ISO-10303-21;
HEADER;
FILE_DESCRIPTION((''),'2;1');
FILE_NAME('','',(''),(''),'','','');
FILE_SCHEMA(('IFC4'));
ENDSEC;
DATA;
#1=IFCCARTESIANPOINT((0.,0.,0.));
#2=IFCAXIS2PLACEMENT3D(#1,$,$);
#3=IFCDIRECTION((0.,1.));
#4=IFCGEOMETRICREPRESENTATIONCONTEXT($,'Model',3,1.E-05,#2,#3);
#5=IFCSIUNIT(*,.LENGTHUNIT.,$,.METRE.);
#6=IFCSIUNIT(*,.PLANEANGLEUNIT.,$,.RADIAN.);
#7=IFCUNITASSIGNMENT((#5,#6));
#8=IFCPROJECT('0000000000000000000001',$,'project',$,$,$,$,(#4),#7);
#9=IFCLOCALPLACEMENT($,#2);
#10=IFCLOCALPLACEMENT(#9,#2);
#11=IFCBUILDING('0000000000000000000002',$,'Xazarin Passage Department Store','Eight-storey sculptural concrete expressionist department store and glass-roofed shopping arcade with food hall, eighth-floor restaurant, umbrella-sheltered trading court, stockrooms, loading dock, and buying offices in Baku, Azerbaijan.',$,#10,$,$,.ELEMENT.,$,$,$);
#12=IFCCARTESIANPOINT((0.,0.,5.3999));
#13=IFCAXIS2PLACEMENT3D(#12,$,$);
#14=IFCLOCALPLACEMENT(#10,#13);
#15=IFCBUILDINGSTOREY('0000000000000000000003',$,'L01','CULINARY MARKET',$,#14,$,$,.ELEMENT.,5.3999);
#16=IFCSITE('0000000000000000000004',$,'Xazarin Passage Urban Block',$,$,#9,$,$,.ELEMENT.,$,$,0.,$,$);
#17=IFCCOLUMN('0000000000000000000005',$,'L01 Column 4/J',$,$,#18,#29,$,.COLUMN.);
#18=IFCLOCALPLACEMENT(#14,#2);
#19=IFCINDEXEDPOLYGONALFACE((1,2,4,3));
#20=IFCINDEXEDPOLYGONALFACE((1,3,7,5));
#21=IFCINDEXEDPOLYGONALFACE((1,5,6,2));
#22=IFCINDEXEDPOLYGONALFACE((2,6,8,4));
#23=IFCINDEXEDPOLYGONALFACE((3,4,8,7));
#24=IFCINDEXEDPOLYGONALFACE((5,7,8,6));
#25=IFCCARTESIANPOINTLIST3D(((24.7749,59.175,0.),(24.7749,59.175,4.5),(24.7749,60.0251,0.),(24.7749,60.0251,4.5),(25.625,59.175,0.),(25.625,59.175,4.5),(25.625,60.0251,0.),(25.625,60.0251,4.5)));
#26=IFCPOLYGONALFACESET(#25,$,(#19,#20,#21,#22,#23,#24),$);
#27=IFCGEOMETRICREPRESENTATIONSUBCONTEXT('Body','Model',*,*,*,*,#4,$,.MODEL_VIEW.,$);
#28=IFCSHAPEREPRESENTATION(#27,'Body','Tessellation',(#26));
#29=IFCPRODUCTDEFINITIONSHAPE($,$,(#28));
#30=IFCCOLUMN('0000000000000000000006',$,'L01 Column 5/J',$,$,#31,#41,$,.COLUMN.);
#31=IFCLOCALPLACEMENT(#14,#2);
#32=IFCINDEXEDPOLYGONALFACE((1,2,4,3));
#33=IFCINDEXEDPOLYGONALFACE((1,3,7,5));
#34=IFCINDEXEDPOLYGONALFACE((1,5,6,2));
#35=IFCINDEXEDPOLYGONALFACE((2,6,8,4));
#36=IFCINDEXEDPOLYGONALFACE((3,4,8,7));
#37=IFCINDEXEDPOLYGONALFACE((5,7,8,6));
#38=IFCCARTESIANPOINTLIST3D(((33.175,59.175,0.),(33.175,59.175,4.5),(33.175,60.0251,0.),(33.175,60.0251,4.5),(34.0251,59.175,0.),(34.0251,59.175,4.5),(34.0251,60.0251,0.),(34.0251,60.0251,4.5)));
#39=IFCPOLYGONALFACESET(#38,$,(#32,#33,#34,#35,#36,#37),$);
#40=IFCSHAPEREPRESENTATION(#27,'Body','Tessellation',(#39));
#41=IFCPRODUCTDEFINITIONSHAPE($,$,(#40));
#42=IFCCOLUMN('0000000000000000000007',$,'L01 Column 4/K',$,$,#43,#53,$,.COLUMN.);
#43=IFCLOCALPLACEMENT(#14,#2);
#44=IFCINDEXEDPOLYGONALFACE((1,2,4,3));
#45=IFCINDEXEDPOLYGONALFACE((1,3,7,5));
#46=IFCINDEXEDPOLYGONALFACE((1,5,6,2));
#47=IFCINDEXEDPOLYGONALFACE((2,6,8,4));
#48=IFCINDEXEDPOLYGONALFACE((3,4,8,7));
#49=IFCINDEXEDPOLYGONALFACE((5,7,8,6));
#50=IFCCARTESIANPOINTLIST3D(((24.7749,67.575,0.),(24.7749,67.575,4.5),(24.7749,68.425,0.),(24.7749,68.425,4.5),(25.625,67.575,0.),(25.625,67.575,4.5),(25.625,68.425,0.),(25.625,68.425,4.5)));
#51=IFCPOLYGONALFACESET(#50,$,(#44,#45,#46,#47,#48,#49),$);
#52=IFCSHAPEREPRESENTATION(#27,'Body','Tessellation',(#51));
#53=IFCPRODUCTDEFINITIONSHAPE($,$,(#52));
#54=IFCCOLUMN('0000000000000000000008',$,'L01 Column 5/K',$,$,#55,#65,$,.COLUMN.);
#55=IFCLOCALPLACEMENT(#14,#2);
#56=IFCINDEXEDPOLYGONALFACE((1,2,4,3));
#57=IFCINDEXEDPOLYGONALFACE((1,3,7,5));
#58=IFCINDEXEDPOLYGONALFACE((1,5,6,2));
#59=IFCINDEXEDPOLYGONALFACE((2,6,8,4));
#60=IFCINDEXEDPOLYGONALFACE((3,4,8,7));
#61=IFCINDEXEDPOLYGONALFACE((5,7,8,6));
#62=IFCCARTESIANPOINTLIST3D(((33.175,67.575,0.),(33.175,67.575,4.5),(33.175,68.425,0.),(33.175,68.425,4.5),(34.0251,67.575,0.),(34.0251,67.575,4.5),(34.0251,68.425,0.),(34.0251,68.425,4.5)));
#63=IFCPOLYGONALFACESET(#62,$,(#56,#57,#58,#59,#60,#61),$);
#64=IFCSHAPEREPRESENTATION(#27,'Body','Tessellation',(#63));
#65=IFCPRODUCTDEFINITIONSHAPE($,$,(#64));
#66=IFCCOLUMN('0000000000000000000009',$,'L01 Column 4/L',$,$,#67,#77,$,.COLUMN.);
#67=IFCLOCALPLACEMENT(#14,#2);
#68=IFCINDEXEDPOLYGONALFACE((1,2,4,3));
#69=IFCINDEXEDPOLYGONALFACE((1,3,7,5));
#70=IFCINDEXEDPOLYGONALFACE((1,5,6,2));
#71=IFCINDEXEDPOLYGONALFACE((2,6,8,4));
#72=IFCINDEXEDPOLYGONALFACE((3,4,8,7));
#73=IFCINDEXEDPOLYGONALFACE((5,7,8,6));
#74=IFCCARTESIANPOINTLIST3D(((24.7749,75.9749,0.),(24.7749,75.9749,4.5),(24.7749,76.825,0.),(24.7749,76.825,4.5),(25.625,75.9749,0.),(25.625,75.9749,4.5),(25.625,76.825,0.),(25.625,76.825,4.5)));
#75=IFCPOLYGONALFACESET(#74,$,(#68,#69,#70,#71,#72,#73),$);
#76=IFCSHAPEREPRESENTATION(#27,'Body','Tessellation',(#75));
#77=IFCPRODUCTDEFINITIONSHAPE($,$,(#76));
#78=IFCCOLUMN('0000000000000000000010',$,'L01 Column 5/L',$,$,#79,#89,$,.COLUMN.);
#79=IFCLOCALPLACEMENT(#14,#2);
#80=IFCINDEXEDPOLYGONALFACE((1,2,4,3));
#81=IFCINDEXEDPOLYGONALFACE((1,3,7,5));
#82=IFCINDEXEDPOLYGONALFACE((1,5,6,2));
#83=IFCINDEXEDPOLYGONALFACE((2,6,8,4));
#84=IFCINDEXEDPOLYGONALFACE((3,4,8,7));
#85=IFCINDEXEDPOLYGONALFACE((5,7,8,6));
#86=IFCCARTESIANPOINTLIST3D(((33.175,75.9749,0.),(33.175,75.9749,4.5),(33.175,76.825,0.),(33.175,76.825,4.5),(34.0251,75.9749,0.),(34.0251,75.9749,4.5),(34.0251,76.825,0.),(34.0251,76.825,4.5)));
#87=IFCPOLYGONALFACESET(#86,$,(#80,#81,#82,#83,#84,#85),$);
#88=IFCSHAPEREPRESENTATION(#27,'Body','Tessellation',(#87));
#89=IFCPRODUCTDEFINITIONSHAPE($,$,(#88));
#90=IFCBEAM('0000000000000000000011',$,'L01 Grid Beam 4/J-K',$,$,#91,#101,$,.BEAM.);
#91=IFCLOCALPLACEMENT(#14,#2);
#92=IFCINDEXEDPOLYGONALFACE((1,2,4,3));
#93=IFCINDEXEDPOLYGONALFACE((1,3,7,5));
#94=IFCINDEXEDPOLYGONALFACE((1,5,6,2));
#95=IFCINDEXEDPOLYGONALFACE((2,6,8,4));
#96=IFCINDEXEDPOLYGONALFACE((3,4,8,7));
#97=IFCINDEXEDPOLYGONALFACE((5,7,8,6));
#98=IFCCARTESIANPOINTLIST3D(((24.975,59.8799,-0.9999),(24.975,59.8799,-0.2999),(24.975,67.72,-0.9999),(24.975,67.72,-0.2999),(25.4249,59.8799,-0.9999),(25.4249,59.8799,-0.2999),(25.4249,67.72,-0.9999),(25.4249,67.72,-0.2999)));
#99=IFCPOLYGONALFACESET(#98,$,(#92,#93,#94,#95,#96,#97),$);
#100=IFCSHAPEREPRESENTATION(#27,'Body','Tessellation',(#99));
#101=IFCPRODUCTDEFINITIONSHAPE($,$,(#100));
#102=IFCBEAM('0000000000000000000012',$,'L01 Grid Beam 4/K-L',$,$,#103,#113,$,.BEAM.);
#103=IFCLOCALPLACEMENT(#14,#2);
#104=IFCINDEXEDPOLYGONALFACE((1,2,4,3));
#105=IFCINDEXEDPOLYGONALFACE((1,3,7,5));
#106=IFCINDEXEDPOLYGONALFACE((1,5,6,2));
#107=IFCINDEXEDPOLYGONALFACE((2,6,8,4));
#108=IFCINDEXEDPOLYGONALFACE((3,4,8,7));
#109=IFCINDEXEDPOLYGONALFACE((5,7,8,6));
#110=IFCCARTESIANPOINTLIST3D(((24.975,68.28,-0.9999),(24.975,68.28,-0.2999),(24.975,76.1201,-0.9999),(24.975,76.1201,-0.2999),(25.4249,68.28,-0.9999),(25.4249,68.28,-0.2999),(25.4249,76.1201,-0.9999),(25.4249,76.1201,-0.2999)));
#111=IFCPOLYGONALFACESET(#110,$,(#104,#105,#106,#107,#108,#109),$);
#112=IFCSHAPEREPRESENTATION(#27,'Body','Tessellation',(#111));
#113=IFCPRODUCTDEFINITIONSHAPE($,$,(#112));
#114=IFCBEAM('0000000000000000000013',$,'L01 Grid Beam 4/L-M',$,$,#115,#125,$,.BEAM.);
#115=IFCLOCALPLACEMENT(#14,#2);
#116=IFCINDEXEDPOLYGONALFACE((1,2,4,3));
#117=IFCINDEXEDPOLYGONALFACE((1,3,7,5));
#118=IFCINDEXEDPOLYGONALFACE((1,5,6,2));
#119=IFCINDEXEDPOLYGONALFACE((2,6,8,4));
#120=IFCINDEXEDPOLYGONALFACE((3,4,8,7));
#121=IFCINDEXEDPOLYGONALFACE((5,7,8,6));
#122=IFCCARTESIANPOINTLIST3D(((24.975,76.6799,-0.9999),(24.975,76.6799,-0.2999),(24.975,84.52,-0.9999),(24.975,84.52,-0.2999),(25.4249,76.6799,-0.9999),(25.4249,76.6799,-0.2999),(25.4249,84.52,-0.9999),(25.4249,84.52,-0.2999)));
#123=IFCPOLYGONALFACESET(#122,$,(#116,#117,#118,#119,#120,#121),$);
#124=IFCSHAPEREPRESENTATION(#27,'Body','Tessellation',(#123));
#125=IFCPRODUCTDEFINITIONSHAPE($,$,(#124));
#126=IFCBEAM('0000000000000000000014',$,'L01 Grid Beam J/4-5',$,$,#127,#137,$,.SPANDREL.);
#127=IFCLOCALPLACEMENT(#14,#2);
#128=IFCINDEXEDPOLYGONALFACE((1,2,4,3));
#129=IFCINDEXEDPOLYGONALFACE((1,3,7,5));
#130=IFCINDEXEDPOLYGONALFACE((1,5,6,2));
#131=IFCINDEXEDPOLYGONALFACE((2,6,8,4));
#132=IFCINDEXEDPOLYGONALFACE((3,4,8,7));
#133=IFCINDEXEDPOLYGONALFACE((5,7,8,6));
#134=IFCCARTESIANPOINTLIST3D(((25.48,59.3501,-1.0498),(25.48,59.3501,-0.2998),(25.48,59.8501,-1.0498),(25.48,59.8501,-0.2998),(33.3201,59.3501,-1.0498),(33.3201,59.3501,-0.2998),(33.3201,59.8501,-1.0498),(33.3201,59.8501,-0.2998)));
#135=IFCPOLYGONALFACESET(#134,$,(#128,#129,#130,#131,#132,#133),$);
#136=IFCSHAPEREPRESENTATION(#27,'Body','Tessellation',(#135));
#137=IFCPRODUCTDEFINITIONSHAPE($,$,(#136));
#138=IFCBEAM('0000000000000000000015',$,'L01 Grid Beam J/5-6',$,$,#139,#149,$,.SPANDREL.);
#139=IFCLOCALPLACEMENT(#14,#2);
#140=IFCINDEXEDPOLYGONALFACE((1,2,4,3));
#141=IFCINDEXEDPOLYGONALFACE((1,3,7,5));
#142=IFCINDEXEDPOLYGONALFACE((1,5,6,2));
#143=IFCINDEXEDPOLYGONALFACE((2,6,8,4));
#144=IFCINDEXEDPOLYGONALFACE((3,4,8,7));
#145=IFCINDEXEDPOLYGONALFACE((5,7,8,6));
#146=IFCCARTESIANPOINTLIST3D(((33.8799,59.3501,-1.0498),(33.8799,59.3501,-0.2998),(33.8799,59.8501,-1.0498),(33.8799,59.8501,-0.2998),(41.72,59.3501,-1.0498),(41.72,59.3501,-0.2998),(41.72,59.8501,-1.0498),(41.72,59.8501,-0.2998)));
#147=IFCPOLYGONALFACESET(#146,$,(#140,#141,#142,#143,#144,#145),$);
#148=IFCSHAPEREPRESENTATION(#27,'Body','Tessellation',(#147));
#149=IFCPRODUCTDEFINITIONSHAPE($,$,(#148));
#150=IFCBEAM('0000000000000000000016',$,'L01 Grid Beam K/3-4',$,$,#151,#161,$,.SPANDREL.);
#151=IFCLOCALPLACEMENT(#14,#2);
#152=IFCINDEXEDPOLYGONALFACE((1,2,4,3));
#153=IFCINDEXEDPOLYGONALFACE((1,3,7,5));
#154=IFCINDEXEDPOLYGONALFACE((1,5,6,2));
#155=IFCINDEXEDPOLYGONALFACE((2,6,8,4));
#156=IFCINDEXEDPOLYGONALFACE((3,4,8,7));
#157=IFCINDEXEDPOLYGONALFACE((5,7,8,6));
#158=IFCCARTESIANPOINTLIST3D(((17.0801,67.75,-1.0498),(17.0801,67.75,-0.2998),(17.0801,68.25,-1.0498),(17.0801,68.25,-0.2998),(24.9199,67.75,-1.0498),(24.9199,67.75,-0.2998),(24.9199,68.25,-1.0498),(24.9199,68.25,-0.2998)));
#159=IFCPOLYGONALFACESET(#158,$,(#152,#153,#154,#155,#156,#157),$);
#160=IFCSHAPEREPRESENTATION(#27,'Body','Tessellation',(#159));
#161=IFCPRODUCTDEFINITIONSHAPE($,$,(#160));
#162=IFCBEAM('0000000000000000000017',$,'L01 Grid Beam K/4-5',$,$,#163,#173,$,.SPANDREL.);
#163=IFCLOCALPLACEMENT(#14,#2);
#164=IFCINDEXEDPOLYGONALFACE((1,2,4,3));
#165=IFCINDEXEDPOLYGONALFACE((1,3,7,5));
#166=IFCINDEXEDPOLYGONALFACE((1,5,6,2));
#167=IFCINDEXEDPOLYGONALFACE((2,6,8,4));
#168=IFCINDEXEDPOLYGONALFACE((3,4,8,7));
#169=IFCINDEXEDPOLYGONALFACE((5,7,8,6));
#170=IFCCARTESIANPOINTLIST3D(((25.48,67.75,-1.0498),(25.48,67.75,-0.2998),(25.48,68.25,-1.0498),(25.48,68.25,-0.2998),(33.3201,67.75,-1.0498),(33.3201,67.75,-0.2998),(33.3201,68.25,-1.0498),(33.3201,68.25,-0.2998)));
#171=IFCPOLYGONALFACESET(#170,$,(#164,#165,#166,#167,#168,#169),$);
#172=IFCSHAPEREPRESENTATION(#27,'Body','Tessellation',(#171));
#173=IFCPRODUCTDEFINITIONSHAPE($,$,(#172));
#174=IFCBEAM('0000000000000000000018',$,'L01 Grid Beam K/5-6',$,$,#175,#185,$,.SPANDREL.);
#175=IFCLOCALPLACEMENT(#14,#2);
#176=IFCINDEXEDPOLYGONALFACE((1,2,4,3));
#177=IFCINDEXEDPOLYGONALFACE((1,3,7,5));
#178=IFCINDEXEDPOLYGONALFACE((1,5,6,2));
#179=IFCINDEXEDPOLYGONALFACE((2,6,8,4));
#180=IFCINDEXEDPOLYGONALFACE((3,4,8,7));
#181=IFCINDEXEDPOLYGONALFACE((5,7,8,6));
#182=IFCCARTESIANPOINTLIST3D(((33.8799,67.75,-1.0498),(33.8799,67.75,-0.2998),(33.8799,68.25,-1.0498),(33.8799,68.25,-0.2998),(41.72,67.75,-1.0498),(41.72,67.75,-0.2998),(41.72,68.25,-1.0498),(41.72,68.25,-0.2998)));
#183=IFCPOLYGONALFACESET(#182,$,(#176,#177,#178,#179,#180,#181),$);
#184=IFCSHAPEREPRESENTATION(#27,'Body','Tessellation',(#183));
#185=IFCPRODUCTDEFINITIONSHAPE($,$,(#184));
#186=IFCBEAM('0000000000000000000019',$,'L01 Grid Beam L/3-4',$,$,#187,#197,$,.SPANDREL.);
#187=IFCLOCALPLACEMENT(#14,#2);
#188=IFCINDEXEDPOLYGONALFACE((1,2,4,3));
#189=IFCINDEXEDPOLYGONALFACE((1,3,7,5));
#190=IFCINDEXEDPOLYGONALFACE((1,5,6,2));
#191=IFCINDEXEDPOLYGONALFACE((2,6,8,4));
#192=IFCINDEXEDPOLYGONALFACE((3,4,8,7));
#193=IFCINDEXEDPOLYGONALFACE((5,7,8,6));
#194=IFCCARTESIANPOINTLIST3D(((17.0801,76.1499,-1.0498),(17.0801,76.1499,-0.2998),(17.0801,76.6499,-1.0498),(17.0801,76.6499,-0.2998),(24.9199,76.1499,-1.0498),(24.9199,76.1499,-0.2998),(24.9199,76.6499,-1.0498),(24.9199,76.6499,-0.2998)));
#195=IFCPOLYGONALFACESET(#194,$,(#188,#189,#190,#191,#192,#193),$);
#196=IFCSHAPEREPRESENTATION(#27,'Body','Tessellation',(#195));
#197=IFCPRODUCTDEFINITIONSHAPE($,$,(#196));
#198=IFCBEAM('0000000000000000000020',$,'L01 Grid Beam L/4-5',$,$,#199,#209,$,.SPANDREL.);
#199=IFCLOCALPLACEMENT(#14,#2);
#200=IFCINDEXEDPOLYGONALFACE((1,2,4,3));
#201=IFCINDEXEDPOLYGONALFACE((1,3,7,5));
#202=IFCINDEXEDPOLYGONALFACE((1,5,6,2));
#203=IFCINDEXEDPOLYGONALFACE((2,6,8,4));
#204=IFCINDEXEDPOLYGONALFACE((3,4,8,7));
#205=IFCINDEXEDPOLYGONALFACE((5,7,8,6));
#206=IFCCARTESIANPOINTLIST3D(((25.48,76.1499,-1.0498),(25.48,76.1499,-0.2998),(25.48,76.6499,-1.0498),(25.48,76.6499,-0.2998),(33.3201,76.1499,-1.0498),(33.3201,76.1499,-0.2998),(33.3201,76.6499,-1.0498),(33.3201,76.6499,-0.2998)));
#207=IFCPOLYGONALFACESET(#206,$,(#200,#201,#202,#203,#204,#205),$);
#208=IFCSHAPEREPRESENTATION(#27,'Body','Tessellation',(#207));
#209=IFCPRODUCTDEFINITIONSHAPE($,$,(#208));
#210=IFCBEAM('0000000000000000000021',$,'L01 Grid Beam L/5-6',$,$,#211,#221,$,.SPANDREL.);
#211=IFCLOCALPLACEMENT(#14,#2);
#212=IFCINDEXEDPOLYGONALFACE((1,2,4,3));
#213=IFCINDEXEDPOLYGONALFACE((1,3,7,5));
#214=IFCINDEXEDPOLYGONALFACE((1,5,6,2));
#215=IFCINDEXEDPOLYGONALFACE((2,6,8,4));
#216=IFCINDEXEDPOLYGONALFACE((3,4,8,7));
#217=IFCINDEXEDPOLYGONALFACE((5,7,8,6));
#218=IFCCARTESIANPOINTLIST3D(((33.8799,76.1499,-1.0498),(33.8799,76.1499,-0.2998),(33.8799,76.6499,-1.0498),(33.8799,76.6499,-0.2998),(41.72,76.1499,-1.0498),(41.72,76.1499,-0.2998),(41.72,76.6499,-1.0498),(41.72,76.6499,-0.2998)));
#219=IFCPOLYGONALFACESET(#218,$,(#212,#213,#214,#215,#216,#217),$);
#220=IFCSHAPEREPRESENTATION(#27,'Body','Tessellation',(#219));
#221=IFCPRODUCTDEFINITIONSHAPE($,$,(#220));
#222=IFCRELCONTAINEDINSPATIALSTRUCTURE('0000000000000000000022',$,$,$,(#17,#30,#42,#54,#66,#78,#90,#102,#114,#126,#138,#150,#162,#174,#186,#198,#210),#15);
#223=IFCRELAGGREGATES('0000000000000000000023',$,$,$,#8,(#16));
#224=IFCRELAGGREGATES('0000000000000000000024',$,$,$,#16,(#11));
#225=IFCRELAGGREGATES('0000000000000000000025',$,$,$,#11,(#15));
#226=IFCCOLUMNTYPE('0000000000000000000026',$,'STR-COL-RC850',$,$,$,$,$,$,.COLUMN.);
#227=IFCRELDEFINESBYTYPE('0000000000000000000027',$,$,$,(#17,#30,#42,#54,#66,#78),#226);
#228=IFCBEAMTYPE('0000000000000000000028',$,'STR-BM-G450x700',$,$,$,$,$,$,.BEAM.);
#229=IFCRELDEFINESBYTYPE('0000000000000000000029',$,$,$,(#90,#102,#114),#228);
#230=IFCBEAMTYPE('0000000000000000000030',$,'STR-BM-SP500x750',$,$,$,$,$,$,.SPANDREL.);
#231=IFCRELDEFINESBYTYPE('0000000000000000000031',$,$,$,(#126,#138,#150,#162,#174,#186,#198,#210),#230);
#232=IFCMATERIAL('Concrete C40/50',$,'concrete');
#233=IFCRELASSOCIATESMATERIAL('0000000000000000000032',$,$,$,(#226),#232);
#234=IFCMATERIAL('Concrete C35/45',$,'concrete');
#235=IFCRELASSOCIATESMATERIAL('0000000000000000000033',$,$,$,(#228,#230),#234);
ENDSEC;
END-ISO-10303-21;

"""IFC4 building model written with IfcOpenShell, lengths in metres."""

from ifc_helpers import new_model, si_unit, direction, frame, origin, origin_2d, place, context, subcontext, project, spatial, rectangle, extrude, material, material_profile, profile_set, type_object, element, save


model = new_model("IFC4")

# Units and contexts
model_context = context("Model", 3, precision=1e-05, world=origin(), true_north=direction((0.0, 1.0)))
body_context = subcontext(model_context, "Body", "Model", "MODEL_VIEW")
ifc_project = project(units=[si_unit("LENGTHUNIT", "METRE"), si_unit("PLANEANGLEUNIT", "RADIAN")], contexts=[model_context])

# Site, building, storey
site_placement = place(None, origin())
site = spatial("IfcSite", under=ifc_project, at=site_placement, Name="Xazarin Passage Urban Block", CompositionType="ELEMENT", RefElevation=0.0)
building_placement = place(site_placement, origin())
building = spatial("IfcBuilding", under=site, at=building_placement, Name="Xazarin Passage Department Store", Description="Eight-storey sculptural concrete expressionist department store and glass-roofed shopping arcade with food hall, eighth-floor restaurant, umbrella-sheltered trading court, stockrooms, loading dock, and buying offices in Baku, Azerbaijan.", CompositionType="ELEMENT")
storey_placement = place(building_placement, frame((0.0, 0.0, 5.3999)))
storey = spatial("IfcBuildingStorey", under=building, at=storey_placement, Name="L01", Description="CULINARY MARKET", CompositionType="ELEMENT", Elevation=5.3999)

# Columns
ifc_material_1 = material(Name="Concrete C40/50", Category="concrete")
ifc_material_profile_1 = material_profile(ifc_material_1, rectangle(XDim=0.8501, YDim=0.8501, at=origin_2d()), Name="RC 850x850")
ifc_profile_set_1 = profile_set([ifc_material_profile_1], Name="Concrete C40/50")
column_type = type_object("IfcColumnType", Name="STR-COL-RC850", PredefinedType="COLUMN", material=ifc_profile_set_1)
for number, where, z_axis, x_axis, name in (
    (1, (25.2, 59.6001, 0.0), (0.0, 0.0, 1.0), (1.0, 0.0, 0.0), "L01 Column 4/J"),
    (2, (33.6001, 59.6001, 0.0), (0.0, 0.0, 1.0), (1.0, 0.0, 0.0), "L01 Column 5/J"),
    (3, (25.2, 68.0, 0.0), (0.0, 0.0, 1.0), (1.0, 0.0, 0.0), "L01 Column 4/K"),
    (4, (33.6001, 68.0, 0.0), (0.0, 0.0, 1.0), (1.0, 0.0, 0.0), "L01 Column 5/K"),
    (5, (25.2, 76.3999, 0.0), (0.0, 0.0, 1.0), (1.0, 0.0, 0.0), "L01 Column 4/L"),
    (6, (33.6001, 76.3999, 0.0), (0.0, 0.0, 1.0), (1.0, 0.0, 0.0), "L01 Column 5/L"),
):
    element("IfcColumn", number, at=place(storey_placement, frame(where, z_axis=z_axis, x_axis=x_axis)), inside=storey, type_object=column_type, Name=name, PredefinedType="COLUMN", context=body_context, shape_type="SweptSolid", body=[
        extrude(rectangle(XDim=0.8501, YDim=0.8501, at=origin_2d()), origin(), (0.0, 0.0, 1.0), 4.5),
    ])

# Beams
ifc_material_2 = material(Name="Concrete C35/45", Category="concrete")
ifc_material_profile_2 = material_profile(ifc_material_2, rectangle(XDim=0.45, YDim=0.7, at=origin_2d()), Name="RC 450x700")
ifc_profile_set_2 = profile_set([ifc_material_profile_2], Name="Concrete C35/45")
beam_type_1 = type_object("IfcBeamType", Name="STR-BM-G450x700", PredefinedType="BEAM", material=ifc_profile_set_2)
for number, where, z_axis, x_axis, name in (
    (7, (25.2, 59.8799, -0.6499), (0.0, 1.0, 0.0), (-1.0, 0.0, 0.0), "L01 Grid Beam 4/J-K"),
    (8, (25.2, 68.28, -0.6499), (0.0, 1.0, 0.0), (-1.0, 0.0, 0.0), "L01 Grid Beam 4/K-L"),
    (9, (25.2, 76.6799, -0.6499), (0.0, 1.0, 0.0), (-1.0, 0.0, 0.0), "L01 Grid Beam 4/L-M"),
):
    element("IfcBeam", number, at=place(storey_placement, frame(where, z_axis=z_axis, x_axis=x_axis)), inside=storey, type_object=beam_type_1, Name=name, PredefinedType="BEAM", context=body_context, shape_type="SweptSolid", body=[
        extrude(rectangle(XDim=0.45, YDim=0.7, at=origin_2d()), origin(), (0.0, 0.0, 1.0), 7.8401),
    ])
ifc_material_profile_3 = material_profile(ifc_material_2, rectangle(XDim=0.5, YDim=0.75, at=origin_2d()), Name="RC 500x750")
ifc_profile_set_3 = profile_set([ifc_material_profile_3], Name="Concrete C35/45")
beam_type_2 = type_object("IfcBeamType", Name="STR-BM-SP500x750", PredefinedType="SPANDREL", material=ifc_profile_set_3)
for number, where, z_axis, x_axis, name in (
    (10, (25.48, 59.6001, -0.6748), (1.0, 0.0, 0.0), (0.0, 1.0, 0.0), "L01 Grid Beam J/4-5"),
    (11, (33.8799, 59.6001, -0.6748), (1.0, 0.0, 0.0), (0.0, 1.0, 0.0), "L01 Grid Beam J/5-6"),
):
    element("IfcBeam", number, at=place(storey_placement, frame(where, z_axis=z_axis, x_axis=x_axis)), inside=storey, type_object=beam_type_2, Name=name, PredefinedType="SPANDREL", context=body_context, shape_type="SweptSolid", body=[
        extrude(rectangle(XDim=0.5, YDim=0.75, at=origin_2d()), origin(), (0.0, 0.0, 1.0), 7.8401),
    ])
beam_1_placement = place(storey_placement, frame((17.0801, 68.0, -0.6748), z_axis=(1.0, 0.0, 0.0), x_axis=(0.0, 1.0, 0.0)))
element("IfcBeam", 12, at=beam_1_placement, inside=storey, type_object=beam_type_2, Name="L01 Grid Beam K/3-4", PredefinedType="SPANDREL", context=body_context, shape_type="SweptSolid", body=[
    extrude(rectangle(XDim=0.5, YDim=0.75, at=origin_2d()), origin(), (0.0, 0.0, 1.0), 7.8398),
])
for number, where, z_axis, x_axis, name in (
    (13, (25.48, 68.0, -0.6748), (1.0, 0.0, 0.0), (0.0, 1.0, 0.0), "L01 Grid Beam K/4-5"),
    (14, (33.8799, 68.0, -0.6748), (1.0, 0.0, 0.0), (0.0, 1.0, 0.0), "L01 Grid Beam K/5-6"),
):
    element("IfcBeam", number, at=place(storey_placement, frame(where, z_axis=z_axis, x_axis=x_axis)), inside=storey, type_object=beam_type_2, Name=name, PredefinedType="SPANDREL", context=body_context, shape_type="SweptSolid", body=[
        extrude(rectangle(XDim=0.5, YDim=0.75, at=origin_2d()), origin(), (0.0, 0.0, 1.0), 7.8401),
    ])
beam_2_placement = place(storey_placement, frame((17.0801, 76.3999, -0.6748), z_axis=(1.0, 0.0, 0.0), x_axis=(0.0, 1.0, 0.0)))
element("IfcBeam", 15, at=beam_2_placement, inside=storey, type_object=beam_type_2, Name="L01 Grid Beam L/3-4", PredefinedType="SPANDREL", context=body_context, shape_type="SweptSolid", body=[
    extrude(rectangle(XDim=0.5, YDim=0.75, at=origin_2d()), origin(), (0.0, 0.0, 1.0), 7.8398),
])
for number, where, z_axis, x_axis, name in (
    (16, (25.48, 76.3999, -0.6748), (1.0, 0.0, 0.0), (0.0, 1.0, 0.0), "L01 Grid Beam L/4-5"),
    (17, (33.8799, 76.3999, -0.6748), (1.0, 0.0, 0.0), (0.0, 1.0, 0.0), "L01 Grid Beam L/5-6"),
):
    element("IfcBeam", number, at=place(storey_placement, frame(where, z_axis=z_axis, x_axis=x_axis)), inside=storey, type_object=beam_type_2, Name=name, PredefinedType="SPANDREL", context=body_context, shape_type="SweptSolid", body=[
        extrude(rectangle(XDim=0.5, YDim=0.75, at=origin_2d()), origin(), (0.0, 0.0, 1.0), 7.8401),
    ])

save(model, "model.ifc")
